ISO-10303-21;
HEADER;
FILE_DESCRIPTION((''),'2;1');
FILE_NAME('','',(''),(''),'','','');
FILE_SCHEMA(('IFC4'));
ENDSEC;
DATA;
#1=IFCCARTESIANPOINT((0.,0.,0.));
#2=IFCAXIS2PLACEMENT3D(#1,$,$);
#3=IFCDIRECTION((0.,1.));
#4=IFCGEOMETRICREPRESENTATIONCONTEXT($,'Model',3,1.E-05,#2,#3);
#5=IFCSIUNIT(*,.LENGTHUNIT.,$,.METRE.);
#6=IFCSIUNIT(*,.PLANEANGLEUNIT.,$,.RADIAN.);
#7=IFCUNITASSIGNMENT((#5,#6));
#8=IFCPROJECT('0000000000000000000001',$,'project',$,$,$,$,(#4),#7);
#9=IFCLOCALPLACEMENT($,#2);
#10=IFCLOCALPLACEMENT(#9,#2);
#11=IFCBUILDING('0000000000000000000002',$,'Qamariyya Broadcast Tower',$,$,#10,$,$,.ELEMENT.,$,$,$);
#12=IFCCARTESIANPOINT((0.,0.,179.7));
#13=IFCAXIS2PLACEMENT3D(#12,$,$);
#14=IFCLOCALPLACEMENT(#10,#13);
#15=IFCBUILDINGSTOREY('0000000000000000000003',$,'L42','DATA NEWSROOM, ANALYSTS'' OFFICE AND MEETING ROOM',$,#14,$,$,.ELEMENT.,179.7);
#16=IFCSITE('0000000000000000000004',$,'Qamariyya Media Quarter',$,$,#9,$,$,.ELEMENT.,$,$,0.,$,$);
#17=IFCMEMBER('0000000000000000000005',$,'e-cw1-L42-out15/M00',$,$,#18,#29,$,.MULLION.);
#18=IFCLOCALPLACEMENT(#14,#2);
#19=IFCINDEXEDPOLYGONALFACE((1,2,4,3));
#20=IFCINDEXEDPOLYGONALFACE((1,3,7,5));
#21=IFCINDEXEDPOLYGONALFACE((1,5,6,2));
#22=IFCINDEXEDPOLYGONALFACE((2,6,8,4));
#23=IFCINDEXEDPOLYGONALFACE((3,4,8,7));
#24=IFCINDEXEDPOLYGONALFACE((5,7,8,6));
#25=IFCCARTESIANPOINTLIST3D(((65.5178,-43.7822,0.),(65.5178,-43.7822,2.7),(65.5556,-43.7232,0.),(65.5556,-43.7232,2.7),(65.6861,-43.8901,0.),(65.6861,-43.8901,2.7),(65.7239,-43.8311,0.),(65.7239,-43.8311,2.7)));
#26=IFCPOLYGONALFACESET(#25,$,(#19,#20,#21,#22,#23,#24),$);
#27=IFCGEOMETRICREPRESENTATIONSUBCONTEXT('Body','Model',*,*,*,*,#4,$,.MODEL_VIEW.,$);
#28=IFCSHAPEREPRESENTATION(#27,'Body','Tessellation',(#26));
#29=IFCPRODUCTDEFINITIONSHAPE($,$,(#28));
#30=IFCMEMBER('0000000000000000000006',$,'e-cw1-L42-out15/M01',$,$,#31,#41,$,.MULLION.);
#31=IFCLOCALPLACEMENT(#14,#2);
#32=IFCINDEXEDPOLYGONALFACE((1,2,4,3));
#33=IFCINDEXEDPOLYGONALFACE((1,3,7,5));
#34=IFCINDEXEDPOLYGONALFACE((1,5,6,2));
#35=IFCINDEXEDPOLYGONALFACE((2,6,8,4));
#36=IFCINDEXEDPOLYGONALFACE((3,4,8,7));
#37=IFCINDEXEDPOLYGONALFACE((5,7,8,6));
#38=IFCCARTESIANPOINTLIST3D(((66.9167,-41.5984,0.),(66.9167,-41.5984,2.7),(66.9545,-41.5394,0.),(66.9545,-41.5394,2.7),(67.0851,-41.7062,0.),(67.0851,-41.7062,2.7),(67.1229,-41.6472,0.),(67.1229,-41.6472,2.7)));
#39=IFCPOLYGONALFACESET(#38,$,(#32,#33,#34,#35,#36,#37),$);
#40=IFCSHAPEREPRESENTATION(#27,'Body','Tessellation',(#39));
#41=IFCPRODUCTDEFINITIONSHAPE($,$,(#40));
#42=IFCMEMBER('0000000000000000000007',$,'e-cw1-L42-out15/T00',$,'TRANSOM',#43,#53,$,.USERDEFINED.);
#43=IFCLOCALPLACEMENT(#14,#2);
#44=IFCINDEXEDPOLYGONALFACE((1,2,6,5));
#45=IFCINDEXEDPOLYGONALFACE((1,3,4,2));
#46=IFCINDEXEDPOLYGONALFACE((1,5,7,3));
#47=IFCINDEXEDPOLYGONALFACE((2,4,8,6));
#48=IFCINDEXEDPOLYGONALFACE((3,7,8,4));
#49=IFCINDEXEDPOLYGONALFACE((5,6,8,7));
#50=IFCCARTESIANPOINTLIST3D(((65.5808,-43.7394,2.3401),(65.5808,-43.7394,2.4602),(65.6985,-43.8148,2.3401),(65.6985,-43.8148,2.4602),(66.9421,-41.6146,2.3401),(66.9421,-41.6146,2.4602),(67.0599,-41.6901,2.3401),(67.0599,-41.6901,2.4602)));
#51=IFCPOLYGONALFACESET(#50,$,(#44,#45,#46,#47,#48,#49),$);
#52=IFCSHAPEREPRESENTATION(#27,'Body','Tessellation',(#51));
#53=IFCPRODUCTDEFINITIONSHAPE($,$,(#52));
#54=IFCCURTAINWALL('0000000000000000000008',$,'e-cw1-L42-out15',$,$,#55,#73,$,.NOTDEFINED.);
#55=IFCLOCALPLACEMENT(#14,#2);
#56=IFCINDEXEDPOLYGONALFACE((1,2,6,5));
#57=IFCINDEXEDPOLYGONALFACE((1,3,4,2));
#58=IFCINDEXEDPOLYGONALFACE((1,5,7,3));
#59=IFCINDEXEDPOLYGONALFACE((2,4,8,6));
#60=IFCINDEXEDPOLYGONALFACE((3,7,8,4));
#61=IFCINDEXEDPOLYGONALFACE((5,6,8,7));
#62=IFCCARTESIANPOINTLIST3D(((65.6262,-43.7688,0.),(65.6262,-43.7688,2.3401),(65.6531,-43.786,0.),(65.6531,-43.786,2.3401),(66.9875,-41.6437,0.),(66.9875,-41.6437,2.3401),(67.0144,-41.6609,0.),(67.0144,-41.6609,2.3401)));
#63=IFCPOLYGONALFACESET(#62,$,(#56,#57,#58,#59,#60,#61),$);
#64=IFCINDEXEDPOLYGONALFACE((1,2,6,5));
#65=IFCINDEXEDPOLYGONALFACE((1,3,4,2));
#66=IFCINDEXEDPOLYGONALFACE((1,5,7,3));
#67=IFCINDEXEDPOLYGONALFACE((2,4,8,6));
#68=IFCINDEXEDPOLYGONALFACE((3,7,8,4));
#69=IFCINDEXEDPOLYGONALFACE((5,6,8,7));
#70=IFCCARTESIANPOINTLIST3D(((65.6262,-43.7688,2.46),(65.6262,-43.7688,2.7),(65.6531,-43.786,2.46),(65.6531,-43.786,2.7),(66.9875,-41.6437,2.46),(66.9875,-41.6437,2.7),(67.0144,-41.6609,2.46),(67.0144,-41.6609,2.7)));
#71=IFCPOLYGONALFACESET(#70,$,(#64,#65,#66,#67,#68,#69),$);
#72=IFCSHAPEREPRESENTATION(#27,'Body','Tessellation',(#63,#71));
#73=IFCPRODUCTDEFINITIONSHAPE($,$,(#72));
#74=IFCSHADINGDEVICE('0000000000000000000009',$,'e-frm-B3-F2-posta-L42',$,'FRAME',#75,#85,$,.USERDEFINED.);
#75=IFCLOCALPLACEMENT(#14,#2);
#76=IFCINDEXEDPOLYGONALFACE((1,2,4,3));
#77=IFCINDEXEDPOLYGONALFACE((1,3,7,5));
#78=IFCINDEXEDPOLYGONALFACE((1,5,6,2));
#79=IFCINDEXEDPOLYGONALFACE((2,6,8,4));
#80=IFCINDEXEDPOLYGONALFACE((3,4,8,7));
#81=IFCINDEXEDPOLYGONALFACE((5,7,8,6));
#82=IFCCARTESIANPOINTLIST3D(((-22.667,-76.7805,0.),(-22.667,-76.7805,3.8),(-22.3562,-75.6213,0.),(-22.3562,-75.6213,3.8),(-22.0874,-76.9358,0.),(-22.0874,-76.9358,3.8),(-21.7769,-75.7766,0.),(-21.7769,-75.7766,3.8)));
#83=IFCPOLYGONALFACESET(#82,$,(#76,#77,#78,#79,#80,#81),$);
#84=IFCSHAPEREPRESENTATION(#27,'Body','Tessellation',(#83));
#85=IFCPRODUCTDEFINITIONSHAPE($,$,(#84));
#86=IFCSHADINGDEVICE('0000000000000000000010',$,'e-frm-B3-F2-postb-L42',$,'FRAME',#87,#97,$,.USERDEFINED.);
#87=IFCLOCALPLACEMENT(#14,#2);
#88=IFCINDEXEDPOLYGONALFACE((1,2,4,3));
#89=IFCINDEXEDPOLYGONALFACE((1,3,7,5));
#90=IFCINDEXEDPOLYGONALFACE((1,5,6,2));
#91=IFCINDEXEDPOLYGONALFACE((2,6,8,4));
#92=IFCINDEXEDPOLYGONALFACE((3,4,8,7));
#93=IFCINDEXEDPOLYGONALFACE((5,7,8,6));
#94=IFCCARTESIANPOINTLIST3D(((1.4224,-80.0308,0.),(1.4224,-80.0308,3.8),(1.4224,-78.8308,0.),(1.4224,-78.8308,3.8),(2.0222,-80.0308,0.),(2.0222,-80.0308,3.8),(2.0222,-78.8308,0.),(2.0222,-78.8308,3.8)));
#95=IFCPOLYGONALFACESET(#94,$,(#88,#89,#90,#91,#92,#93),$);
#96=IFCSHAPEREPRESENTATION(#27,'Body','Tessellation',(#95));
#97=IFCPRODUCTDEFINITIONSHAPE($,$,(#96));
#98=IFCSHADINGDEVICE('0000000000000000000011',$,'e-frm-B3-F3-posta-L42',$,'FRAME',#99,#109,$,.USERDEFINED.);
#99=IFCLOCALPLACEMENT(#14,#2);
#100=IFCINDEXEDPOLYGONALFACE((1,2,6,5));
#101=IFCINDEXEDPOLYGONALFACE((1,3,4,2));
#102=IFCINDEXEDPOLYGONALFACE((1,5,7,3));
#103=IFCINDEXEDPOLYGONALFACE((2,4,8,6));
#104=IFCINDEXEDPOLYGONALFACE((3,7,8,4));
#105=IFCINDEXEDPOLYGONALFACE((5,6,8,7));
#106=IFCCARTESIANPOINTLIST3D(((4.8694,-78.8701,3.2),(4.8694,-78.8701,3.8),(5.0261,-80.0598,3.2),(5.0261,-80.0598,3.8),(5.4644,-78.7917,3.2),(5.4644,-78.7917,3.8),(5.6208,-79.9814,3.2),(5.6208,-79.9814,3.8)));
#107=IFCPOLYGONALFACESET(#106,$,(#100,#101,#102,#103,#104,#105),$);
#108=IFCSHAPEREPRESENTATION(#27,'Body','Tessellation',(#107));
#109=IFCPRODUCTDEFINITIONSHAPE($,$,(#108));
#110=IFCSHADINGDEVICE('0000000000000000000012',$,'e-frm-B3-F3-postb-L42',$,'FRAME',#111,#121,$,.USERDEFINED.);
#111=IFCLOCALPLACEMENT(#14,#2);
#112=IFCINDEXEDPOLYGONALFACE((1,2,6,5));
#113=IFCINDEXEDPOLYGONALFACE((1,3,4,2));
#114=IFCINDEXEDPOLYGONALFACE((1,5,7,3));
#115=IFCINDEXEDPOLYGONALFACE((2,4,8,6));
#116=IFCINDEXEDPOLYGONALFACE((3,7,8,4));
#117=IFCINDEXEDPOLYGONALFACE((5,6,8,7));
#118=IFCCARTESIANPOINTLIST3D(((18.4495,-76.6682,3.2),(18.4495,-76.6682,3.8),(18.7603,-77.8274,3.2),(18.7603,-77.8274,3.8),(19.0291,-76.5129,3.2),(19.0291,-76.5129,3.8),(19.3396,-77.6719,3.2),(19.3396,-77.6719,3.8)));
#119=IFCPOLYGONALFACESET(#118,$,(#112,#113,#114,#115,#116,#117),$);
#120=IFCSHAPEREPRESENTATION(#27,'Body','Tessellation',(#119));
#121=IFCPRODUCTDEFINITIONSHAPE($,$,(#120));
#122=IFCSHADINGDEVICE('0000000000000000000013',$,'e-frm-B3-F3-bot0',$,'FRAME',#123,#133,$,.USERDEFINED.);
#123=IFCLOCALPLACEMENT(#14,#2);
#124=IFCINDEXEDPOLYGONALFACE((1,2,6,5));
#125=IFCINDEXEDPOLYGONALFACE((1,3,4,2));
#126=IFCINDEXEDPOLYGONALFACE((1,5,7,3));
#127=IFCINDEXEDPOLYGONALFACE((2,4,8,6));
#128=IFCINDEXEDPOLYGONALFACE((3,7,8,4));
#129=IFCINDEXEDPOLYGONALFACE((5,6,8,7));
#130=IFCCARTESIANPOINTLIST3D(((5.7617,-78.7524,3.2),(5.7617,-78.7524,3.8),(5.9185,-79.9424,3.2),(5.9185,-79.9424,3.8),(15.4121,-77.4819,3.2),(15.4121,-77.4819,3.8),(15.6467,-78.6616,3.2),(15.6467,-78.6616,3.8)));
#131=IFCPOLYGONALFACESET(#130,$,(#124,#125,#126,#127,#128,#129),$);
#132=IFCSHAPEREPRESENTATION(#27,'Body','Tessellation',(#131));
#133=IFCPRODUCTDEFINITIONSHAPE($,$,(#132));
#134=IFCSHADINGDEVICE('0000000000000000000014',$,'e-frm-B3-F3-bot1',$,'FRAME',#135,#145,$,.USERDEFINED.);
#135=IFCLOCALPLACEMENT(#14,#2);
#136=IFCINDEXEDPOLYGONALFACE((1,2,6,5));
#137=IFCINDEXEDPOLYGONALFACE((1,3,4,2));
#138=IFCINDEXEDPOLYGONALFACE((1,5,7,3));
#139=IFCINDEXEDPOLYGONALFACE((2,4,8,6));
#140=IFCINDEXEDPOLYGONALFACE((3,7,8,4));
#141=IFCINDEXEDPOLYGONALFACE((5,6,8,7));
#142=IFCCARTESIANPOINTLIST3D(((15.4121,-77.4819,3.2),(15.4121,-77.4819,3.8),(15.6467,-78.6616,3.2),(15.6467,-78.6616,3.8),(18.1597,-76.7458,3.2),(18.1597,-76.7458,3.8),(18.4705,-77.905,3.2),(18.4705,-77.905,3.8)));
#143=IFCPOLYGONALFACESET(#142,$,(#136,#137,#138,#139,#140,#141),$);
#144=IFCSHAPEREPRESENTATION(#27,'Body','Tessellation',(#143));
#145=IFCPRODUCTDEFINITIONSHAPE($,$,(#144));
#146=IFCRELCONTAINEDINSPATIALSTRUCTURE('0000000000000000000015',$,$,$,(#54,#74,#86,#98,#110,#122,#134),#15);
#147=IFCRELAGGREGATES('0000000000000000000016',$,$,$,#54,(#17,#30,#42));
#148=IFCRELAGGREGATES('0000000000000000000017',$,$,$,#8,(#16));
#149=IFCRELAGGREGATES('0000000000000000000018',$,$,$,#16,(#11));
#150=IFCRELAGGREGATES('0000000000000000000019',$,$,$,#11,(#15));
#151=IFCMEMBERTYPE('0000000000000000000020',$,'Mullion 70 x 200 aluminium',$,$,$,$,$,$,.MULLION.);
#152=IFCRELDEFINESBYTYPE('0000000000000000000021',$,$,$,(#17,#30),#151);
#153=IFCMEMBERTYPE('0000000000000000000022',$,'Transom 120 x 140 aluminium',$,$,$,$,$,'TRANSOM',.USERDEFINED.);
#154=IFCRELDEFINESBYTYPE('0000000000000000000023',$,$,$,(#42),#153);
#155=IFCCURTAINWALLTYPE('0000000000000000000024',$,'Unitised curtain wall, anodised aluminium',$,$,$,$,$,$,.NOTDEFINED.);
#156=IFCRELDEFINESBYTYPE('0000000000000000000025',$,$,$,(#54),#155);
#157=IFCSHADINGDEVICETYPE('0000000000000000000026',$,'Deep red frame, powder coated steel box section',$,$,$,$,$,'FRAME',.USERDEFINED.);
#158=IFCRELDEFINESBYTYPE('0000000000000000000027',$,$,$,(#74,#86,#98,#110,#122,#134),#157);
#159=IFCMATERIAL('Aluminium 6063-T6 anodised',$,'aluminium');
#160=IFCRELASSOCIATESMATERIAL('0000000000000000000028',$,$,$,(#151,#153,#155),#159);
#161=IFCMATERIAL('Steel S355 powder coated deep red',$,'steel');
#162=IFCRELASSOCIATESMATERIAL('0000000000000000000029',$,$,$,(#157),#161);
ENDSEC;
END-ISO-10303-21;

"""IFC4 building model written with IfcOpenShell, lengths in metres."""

from ifc_helpers import new_model, si_unit, direction, frame, origin, origin_2d, place, context, subcontext, project, spatial, polyline, rectangle, outline, extrude, material, material_profile, profile_set, type_object, element, aggregate, save


model = new_model("IFC4")

# Units and contexts
model_context = context("Model", 3, precision=1e-05, world=origin(), true_north=direction((0.0, 1.0)))
body_context = subcontext(model_context, "Body", "Model", "MODEL_VIEW")
ifc_project = project(units=[si_unit("LENGTHUNIT", "METRE"), si_unit("PLANEANGLEUNIT", "RADIAN")], contexts=[model_context])

# Members
ifc_material_1 = material(Name="Aluminium 6063-T6 anodised", Category="aluminium")
ifc_material_profile_1 = material_profile(ifc_material_1, rectangle(XDim=0.2, YDim=0.0701, at=origin_2d()))
ifc_profile_set_1 = profile_set([ifc_material_profile_1], Name="Aluminium 6063-T6 anodised")
member_type_1 = type_object("IfcMemberType", Name="Mullion 70 x 200 aluminium", PredefinedType="MULLION", material=ifc_profile_set_1)
site_placement = place(None, origin())
building_placement = place(site_placement, origin())
storey_placement = place(building_placement, frame((0.0, 0.0, 179.7)))
member_1_placement = place(storey_placement, frame((65.6208, -43.8066, 0.0), z_axis=(0.0, 0.0, 1.0), x_axis=(-0.842034, 0.539424, 0.0)))
member_1 = element("IfcMember", 1, at=member_1_placement, type_object=member_type_1, Name="e-cw1-L42-out15/M00", PredefinedType="MULLION", context=body_context, shape_type="SweptSolid", body=[
    extrude(rectangle(XDim=0.2, YDim=0.0701, at=origin_2d()), origin(), (0.0, 0.0, 1.0), 2.7),
])
member_2_placement = place(storey_placement, frame((67.0198, -41.6228, 0.0), z_axis=(0.0, 0.0, 1.0), x_axis=(-0.842034, 0.539424, 0.0)))
member_2 = element("IfcMember", 2, at=member_2_placement, type_object=member_type_1, Name="e-cw1-L42-out15/M01", PredefinedType="MULLION", context=body_context, shape_type="SweptSolid", body=[
    extrude(rectangle(XDim=0.2, YDim=0.0701, at=origin_2d()), origin(), (0.0, 0.0, 1.0), 2.7),
])
ifc_material_profile_2 = material_profile(ifc_material_1, rectangle(XDim=0.1399, YDim=0.1201, at=origin_2d()))
ifc_profile_set_2 = profile_set([ifc_material_profile_2], Name="Aluminium 6063-T6 anodised")
member_type_2 = type_object("IfcMemberType", Name="Transom 120 x 140 aluminium", ElementType="TRANSOM", PredefinedType="USERDEFINED", material=ifc_profile_set_2)
member_3_placement = place(storey_placement, frame((65.6396, -43.7771, 2.4001), z_axis=(0.539471, 0.842004, 0.0), x_axis=(-0.842004, 0.539471, 0.0)))
member_3 = element("IfcMember", 3, at=member_3_placement, type_object=member_type_2, Name="e-cw1-L42-out15/T00", ObjectType="TRANSOM", PredefinedType="USERDEFINED", context=body_context, shape_type="SweptSolid", body=[
    extrude(rectangle(XDim=0.1399, YDim=0.1201, at=origin_2d()), origin(), (0.0, 0.0, 1.0), 2.5234),
])

# Site, building, storey
site = spatial("IfcSite", under=ifc_project, at=site_placement, Name="Qamariyya Media Quarter", CompositionType="ELEMENT", RefElevation=0.0)
building = spatial("IfcBuilding", under=site, at=building_placement, Name="Qamariyya Broadcast Tower", CompositionType="ELEMENT")
storey = spatial("IfcBuildingStorey", under=building, at=storey_placement, Name="L42", Description="DATA NEWSROOM, ANALYSTS' OFFICE AND MEETING ROOM", CompositionType="ELEMENT", Elevation=179.7)

# Curtain wall
curtain_wall_type = type_object("IfcCurtainWallType", Name="Unitised curtain wall, anodised aluminium", PredefinedType="NOTDEFINED", material=ifc_material_1)
curtain_wall_1_placement = place(storey_placement, origin())
curtain_wall_1 = element("IfcCurtainWall", 4, at=curtain_wall_1_placement, inside=storey, type_object=curtain_wall_type, Name="e-cw1-L42-out15", PredefinedType="NOTDEFINED", context=body_context, shape_type="SweptSolid", body=[
    extrude(rectangle(XDim=2.5237, YDim=0.032, at=origin_2d()), frame((66.3203, -42.7148, 0.0), x_axis=(0.5394, 0.84205, 0.0)), (0.0, 0.0, 1.0), 2.3401),
    extrude(rectangle(XDim=2.5237, YDim=0.032, at=origin_2d()), frame((66.3203, -42.7148, 2.46), x_axis=(0.5394, 0.84205, 0.0)), (0.0, 0.0, 1.0), 0.24),
])
aggregate(curtain_wall_1, [member_1, member_2, member_3])

# Shading devices
ifc_material_2 = material(Name="Steel S355 powder coated deep red", Category="steel")
shading_device_type = type_object("IfcShadingDeviceType", Name="Deep red frame, powder coated steel box section", ElementType="FRAME", PredefinedType="USERDEFINED", material=ifc_material_2)
shading_device_1_placement = place(storey_placement, origin())
element("IfcShadingDevice", 5, at=shading_device_1_placement, inside=storey, type_object=shading_device_type, Name="e-frm-B3-F2-posta-L42", ObjectType="FRAME", PredefinedType="USERDEFINED", context=body_context, shape_type="SweptSolid", body=[
    extrude(outline(polyline([(-22.3562, -75.6213), (-22.667, -76.7805), (-22.0874, -76.9358), (-21.7769, -75.7766), (-22.3562, -75.6213)])), origin(), (0.0, 0.0, 1.0), 3.8),
])
shading_device_2_placement = place(storey_placement, origin())
element("IfcShadingDevice", 6, at=shading_device_2_placement, inside=storey, type_object=shading_device_type, Name="e-frm-B3-F2-postb-L42", ObjectType="FRAME", PredefinedType="USERDEFINED", context=body_context, shape_type="SweptSolid", body=[
    extrude(outline(polyline([(1.4224, -78.8308), (1.4224, -80.0308), (2.0222, -80.0308), (2.0222, -78.8308), (1.4224, -78.8308)])), origin(), (0.0, 0.0, 1.0), 3.8),
])
shading_device_3_placement = place(storey_placement, frame((0.0, 0.0, 3.2)))
element("IfcShadingDevice", 7, at=shading_device_3_placement, inside=storey, type_object=shading_device_type, Name="e-frm-B3-F3-posta-L42", ObjectType="FRAME", PredefinedType="USERDEFINED", context=body_context, shape_type="SweptSolid", body=[
    extrude(outline(polyline([(4.8694, -78.8701), (5.0261, -80.0598), (5.6208, -79.9814), (5.4644, -78.7917), (4.8694, -78.8701)])), origin(), (0.0, 0.0, 1.0), 0.6001),
])
shading_device_4_placement = place(storey_placement, frame((0.0, 0.0, 3.2)))
element("IfcShadingDevice", 8, at=shading_device_4_placement, inside=storey, type_object=shading_device_type, Name="e-frm-B3-F3-postb-L42", ObjectType="FRAME", PredefinedType="USERDEFINED", context=body_context, shape_type="SweptSolid", body=[
    extrude(outline(polyline([(18.4495, -76.6682), (18.7603, -77.8274), (19.3396, -77.6719), (19.0291, -76.5129), (18.4495, -76.6682)])), origin(), (0.0, 0.0, 1.0), 0.6001),
])
shading_device_5_placement = place(storey_placement, frame((0.0, 0.0, 3.2)))
element("IfcShadingDevice", 9, at=shading_device_5_placement, inside=storey, type_object=shading_device_type, Name="e-frm-B3-F3-bot0", ObjectType="FRAME", PredefinedType="USERDEFINED", context=body_context, shape_type="SweptSolid", body=[
    extrude(outline(polyline([(5.7617, -78.7524), (5.9185, -79.9424), (15.6467, -78.6616), (15.4121, -77.4819), (5.7617, -78.7524)])), origin(), (0.0, 0.0, 1.0), 0.6001),
])
shading_device_6_placement = place(storey_placement, frame((0.0, 0.0, 3.2)))
element("IfcShadingDevice", 10, at=shading_device_6_placement, inside=storey, type_object=shading_device_type, Name="e-frm-B3-F3-bot1", ObjectType="FRAME", PredefinedType="USERDEFINED", context=body_context, shape_type="SweptSolid", body=[
    extrude(outline(polyline([(15.4121, -77.4819), (15.6467, -78.6616), (18.4705, -77.905), (18.1597, -76.7458), (15.4121, -77.4819)])), origin(), (0.0, 0.0, 1.0), 0.6001),
])

save(model, "model.ifc")
